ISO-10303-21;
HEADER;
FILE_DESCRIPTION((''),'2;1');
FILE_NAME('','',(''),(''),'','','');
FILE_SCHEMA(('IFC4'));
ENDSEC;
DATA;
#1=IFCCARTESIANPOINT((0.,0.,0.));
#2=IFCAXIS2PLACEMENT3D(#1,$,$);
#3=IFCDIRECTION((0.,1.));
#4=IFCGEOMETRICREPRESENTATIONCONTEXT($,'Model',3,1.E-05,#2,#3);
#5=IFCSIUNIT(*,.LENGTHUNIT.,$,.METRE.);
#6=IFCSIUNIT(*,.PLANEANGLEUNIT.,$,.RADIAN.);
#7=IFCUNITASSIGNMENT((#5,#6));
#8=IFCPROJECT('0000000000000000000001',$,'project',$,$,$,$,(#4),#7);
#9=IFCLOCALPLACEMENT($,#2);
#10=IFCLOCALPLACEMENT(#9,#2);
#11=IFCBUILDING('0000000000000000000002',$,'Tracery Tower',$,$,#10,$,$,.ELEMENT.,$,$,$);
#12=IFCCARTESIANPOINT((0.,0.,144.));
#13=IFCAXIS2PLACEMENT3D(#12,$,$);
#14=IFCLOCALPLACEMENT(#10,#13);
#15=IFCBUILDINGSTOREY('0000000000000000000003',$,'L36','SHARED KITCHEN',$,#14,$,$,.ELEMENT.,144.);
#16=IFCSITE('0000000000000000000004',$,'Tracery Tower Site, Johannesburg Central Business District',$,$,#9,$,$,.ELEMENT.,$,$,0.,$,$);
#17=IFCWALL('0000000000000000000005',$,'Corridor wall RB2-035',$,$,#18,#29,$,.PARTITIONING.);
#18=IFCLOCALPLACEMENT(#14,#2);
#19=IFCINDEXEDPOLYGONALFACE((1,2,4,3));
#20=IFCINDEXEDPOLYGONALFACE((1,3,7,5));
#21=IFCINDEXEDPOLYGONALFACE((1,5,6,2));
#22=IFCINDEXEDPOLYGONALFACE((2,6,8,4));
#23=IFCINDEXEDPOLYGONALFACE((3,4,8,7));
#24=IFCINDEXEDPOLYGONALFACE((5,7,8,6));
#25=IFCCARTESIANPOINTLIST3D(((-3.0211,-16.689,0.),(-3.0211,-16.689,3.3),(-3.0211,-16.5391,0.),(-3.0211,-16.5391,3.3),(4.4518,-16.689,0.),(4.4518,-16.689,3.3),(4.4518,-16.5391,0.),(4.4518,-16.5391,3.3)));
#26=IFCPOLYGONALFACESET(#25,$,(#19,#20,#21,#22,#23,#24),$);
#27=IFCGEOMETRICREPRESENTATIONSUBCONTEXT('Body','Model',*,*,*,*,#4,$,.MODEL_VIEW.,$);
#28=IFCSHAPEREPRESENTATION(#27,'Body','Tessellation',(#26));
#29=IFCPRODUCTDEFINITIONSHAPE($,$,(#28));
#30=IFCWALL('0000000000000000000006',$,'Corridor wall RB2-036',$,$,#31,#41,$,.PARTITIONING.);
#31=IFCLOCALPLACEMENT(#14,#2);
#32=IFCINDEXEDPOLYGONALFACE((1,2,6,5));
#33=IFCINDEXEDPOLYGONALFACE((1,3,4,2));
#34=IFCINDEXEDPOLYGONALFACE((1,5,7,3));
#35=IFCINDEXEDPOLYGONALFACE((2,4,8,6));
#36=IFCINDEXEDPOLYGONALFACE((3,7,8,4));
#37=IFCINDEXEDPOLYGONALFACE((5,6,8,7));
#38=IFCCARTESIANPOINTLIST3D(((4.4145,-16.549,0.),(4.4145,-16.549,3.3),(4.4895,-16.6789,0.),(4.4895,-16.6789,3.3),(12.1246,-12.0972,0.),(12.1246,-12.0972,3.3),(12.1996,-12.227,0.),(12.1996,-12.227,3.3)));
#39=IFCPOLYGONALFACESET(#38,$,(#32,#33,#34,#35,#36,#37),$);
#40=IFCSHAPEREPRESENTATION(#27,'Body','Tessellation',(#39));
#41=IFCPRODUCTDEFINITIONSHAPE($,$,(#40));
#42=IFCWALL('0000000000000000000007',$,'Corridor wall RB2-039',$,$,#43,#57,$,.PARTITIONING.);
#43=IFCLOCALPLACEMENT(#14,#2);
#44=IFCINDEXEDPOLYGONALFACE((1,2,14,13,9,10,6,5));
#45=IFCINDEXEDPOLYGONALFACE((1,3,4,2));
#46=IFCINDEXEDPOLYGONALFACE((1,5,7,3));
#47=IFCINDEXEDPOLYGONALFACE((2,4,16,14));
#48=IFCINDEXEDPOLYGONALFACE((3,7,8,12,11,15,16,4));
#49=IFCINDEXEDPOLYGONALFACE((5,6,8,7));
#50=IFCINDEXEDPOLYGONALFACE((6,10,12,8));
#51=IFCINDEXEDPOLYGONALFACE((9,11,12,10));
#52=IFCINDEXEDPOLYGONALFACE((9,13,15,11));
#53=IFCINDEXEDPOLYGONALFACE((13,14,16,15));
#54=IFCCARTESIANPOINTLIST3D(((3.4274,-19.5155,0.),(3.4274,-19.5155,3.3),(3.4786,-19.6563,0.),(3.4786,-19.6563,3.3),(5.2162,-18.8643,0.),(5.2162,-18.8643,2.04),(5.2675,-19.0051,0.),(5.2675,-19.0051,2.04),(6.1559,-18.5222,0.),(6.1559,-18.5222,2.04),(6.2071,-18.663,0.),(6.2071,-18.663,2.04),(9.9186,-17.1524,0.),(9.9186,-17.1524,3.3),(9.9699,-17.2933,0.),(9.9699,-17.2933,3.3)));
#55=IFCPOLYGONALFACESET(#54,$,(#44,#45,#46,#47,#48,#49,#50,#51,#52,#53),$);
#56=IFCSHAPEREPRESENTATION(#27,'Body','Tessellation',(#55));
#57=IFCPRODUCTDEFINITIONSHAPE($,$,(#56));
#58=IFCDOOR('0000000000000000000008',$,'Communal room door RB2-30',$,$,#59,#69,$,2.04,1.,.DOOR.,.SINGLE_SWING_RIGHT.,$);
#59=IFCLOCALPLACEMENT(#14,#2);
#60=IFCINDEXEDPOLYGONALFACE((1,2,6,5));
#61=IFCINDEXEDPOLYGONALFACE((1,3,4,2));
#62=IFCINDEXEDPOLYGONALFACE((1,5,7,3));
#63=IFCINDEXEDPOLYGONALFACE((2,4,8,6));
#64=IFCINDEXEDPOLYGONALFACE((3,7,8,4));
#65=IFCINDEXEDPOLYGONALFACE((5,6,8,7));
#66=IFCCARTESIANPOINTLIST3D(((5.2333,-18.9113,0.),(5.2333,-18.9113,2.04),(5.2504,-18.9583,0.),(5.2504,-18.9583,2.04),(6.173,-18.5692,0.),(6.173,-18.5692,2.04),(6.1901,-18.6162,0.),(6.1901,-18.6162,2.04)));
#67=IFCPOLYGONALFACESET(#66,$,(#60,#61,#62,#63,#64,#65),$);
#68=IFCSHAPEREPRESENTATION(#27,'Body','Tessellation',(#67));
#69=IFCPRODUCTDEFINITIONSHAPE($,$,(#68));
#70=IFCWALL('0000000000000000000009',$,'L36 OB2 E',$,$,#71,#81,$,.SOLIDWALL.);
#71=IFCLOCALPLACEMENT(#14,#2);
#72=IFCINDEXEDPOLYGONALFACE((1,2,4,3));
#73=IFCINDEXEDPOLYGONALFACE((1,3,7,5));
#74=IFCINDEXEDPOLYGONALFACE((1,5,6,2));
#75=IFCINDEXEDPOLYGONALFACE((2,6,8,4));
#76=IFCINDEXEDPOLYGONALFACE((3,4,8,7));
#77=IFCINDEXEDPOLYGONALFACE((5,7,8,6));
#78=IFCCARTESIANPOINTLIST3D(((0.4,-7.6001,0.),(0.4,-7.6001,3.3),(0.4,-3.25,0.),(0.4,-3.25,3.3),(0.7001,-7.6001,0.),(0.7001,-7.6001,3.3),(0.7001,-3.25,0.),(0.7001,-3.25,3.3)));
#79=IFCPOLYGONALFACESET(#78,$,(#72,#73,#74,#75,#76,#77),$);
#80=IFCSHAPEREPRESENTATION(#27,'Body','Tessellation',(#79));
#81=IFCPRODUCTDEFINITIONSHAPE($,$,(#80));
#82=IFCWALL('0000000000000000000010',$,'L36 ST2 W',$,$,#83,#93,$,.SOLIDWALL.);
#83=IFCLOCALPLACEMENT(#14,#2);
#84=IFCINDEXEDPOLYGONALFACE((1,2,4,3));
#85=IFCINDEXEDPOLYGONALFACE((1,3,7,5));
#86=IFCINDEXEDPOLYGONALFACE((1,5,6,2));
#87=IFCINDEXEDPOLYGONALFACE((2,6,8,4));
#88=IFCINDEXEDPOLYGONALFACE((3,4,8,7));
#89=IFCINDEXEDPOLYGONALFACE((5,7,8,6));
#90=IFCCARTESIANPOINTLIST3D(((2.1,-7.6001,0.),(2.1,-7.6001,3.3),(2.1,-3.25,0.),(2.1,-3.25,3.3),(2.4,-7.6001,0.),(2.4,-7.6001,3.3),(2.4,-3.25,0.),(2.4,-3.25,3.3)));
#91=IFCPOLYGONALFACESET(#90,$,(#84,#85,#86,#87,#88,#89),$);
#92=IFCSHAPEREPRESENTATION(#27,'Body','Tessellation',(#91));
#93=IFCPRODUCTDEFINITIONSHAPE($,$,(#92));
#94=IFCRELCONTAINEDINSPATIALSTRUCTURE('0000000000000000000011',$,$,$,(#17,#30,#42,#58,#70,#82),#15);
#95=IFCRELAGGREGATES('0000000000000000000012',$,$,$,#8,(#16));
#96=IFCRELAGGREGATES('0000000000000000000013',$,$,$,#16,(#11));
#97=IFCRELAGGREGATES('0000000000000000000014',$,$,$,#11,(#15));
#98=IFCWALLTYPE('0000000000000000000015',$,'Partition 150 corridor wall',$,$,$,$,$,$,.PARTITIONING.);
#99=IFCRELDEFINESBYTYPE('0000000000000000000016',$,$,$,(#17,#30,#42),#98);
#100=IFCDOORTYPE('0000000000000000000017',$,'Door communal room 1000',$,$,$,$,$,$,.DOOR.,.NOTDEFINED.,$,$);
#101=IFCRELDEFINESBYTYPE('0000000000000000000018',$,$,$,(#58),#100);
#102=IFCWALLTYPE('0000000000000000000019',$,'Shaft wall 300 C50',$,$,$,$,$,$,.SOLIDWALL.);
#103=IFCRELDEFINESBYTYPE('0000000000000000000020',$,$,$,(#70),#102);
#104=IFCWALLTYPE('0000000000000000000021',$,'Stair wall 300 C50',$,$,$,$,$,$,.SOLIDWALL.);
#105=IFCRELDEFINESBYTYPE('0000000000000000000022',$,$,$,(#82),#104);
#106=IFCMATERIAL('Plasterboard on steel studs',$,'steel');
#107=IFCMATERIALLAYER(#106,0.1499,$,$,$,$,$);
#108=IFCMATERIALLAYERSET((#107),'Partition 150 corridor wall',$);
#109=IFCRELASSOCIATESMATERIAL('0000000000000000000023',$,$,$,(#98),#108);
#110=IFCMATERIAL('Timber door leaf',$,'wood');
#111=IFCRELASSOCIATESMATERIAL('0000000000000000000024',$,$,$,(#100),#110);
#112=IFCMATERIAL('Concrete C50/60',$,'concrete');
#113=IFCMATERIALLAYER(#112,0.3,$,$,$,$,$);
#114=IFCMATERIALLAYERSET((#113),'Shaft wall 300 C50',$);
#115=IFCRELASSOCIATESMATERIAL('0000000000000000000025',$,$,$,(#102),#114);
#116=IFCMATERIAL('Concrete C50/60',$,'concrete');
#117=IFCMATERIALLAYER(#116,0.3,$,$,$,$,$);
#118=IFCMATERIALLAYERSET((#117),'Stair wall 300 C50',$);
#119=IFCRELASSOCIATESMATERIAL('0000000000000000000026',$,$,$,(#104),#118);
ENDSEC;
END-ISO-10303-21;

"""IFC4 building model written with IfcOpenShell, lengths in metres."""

from ifc_helpers import new_model, si_unit, direction, frame, frame_2d, origin, place, context, subcontext, project, spatial, rectangle, extrude, material, layer, layer_set, type_object, element, fill, save


model = new_model("IFC4")

# Units and contexts
model_context = context("Model", 3, precision=1e-05, world=origin(), true_north=direction((0.0, 1.0)))
body_context = subcontext(model_context, "Body", "Model", "MODEL_VIEW")
ifc_project = project(units=[si_unit("LENGTHUNIT", "METRE"), si_unit("PLANEANGLEUNIT", "RADIAN")], contexts=[model_context])

# Site, building, storey
site_placement = place(None, origin())
site = spatial("IfcSite", under=ifc_project, at=site_placement, Name="Tracery Tower Site, Johannesburg Central Business District", CompositionType="ELEMENT", RefElevation=0.0)
building_placement = place(site_placement, origin())
building = spatial("IfcBuilding", under=site, at=building_placement, Name="Tracery Tower", CompositionType="ELEMENT")
storey_placement = place(building_placement, frame((0.0, 0.0, 144.0)))
storey = spatial("IfcBuildingStorey", under=building, at=storey_placement, Name="L36", Description="SHARED KITCHEN", CompositionType="ELEMENT", Elevation=144.0)

# Shared definitions
ifc_material_1 = material(Name="Plasterboard on steel studs", Category="steel")
ifc_layer_1 = layer(ifc_material_1, 0.1499)
ifc_layer_set_1 = layer_set([ifc_layer_1], Name="Partition 150 corridor wall")
wall_type_1 = type_object("IfcWallType", Name="Partition 150 corridor wall", PredefinedType="PARTITIONING", material=ifc_layer_set_1)

# Walls
wall_1_placement = place(storey_placement, frame((-3.021, -16.614, 0.0), z_axis=(0.0, 0.0, 1.0), x_axis=(1.0, 0.0, 0.0)))
element("IfcWall", 1, at=wall_1_placement, inside=storey, type_object=wall_type_1, Name="Corridor wall RB2-035", PredefinedType="PARTITIONING", context=body_context, shape_type="SweptSolid", body=[
    extrude(rectangle(XDim=7.4729, YDim=0.1499, at=frame_2d((3.7363, 0.0))), origin(), (0.0, 0.0, 1.0), 3.3),
])
wall_2_placement = place(storey_placement, frame((4.4519, -16.614, 0.0), z_axis=(0.0, 0.0, 1.0), x_axis=(0.866005, 0.500035, 0.0)))
element("IfcWall", 2, at=wall_2_placement, inside=storey, type_object=wall_type_1, Name="Corridor wall RB2-036", PredefinedType="PARTITIONING", context=body_context, shape_type="SweptSolid", body=[
    extrude(rectangle(XDim=8.9031, YDim=0.1499, at=frame_2d((4.4517, 0.0))), origin(), (0.0, 0.0, 1.0), 3.3),
])

# Wall, opening, door
wall_3_placement = place(storey_placement, frame((3.4529, -19.5859, 0.0), z_axis=(0.0, 0.0, 1.0), x_axis=(0.939673, 0.342075, 0.0)))
wall_3 = element("IfcWall", 3, at=wall_3_placement, inside=storey, type_object=wall_type_1, Name="Corridor wall RB2-039", PredefinedType="PARTITIONING", context=body_context, shape_type="SweptSolid", body=[
    extrude(rectangle(XDim=6.908, YDim=0.1499, at=frame_2d((3.4541, 0.0))), origin(), (0.0, 0.0, 1.0), 3.3),
])
opening_1_placement = place(wall_3_placement, frame((1.9038, 0.0, 0.0)))
opening_1 = element("IfcOpeningElement", 4, at=opening_1_placement, cuts=wall_3, PredefinedType="OPENING", context=body_context, shape_type="SweptSolid", body=[
    extrude(rectangle(XDim=1.0, YDim=2.04, at=frame_2d((0.5, 1.02))), frame((0.0, 0.075, 0.0), z_axis=(0.0, -1.0, 0.0), x_axis=(1.0, 0.0, 0.0)), (0.0, 0.0, 1.0), 0.1499),
])
ifc_material_2 = material(Name="Timber door leaf", Category="wood")
door_type_1 = type_object("IfcDoorType", Name="Door communal room 1000", OperationType="NOTDEFINED", PredefinedType="DOOR", material=ifc_material_2)
door_1_placement = place(opening_1_placement, origin())
door_1 = element("IfcDoor", 5, at=door_1_placement, inside=storey, type_object=door_type_1, Name="Communal room door RB2-30", OperationType="SINGLE_SWING_RIGHT", OverallHeight=2.04, OverallWidth=1.0, PredefinedType="DOOR", context=body_context, shape_type="SweptSolid", body=[
    extrude(rectangle(XDim=1.0, YDim=2.04, at=frame_2d((0.5, 1.02))), frame((0.0, 0.0249, 0.0), z_axis=(0.0, -1.0, 0.0), x_axis=(1.0, 0.0, 0.0)), (0.0, 0.0, 1.0), 0.05),
])
fill(opening_1, door_1)

# Walls
ifc_material_3 = material(Name="Concrete C50/60", Category="concrete")
ifc_layer_2 = layer(ifc_material_3, 0.3)
ifc_layer_set_2 = layer_set([ifc_layer_2], Name="Shaft wall 300 C50")
wall_type_2 = type_object("IfcWallType", Name="Shaft wall 300 C50", PredefinedType="SOLIDWALL", material=ifc_layer_set_2)
wall_4_placement = place(storey_placement, frame((0.55, -7.6001, 0.0), z_axis=(0.0, 0.0, 1.0), x_axis=(0.0, 1.0, 0.0)))
element("IfcWall", 6, at=wall_4_placement, inside=storey, type_object=wall_type_2, Name="L36 OB2 E", PredefinedType="SOLIDWALL", context=body_context, shape_type="SweptSolid", body=[
    extrude(rectangle(XDim=4.3501, YDim=0.3, at=frame_2d((2.175, 0.0))), origin(), (0.0, 0.0, 1.0), 3.3),
])
ifc_material_4 = material(Name="Concrete C50/60", Category="concrete")
ifc_layer_3 = layer(ifc_material_4, 0.3)
ifc_layer_set_3 = layer_set([ifc_layer_3], Name="Stair wall 300 C50")
wall_type_3 = type_object("IfcWallType", Name="Stair wall 300 C50", PredefinedType="SOLIDWALL", material=ifc_layer_set_3)
wall_5_placement = place(storey_placement, frame((2.25, -7.6001, 0.0), z_axis=(0.0, 0.0, 1.0), x_axis=(0.0, 1.0, 0.0)))
element("IfcWall", 7, at=wall_5_placement, inside=storey, type_object=wall_type_3, Name="L36 ST2 W", PredefinedType="SOLIDWALL", context=body_context, shape_type="SweptSolid", body=[
    extrude(rectangle(XDim=4.3501, YDim=0.3, at=frame_2d((2.175, 0.0))), origin(), (0.0, 0.0, 1.0), 3.3),
])

save(model, "model.ifc")
